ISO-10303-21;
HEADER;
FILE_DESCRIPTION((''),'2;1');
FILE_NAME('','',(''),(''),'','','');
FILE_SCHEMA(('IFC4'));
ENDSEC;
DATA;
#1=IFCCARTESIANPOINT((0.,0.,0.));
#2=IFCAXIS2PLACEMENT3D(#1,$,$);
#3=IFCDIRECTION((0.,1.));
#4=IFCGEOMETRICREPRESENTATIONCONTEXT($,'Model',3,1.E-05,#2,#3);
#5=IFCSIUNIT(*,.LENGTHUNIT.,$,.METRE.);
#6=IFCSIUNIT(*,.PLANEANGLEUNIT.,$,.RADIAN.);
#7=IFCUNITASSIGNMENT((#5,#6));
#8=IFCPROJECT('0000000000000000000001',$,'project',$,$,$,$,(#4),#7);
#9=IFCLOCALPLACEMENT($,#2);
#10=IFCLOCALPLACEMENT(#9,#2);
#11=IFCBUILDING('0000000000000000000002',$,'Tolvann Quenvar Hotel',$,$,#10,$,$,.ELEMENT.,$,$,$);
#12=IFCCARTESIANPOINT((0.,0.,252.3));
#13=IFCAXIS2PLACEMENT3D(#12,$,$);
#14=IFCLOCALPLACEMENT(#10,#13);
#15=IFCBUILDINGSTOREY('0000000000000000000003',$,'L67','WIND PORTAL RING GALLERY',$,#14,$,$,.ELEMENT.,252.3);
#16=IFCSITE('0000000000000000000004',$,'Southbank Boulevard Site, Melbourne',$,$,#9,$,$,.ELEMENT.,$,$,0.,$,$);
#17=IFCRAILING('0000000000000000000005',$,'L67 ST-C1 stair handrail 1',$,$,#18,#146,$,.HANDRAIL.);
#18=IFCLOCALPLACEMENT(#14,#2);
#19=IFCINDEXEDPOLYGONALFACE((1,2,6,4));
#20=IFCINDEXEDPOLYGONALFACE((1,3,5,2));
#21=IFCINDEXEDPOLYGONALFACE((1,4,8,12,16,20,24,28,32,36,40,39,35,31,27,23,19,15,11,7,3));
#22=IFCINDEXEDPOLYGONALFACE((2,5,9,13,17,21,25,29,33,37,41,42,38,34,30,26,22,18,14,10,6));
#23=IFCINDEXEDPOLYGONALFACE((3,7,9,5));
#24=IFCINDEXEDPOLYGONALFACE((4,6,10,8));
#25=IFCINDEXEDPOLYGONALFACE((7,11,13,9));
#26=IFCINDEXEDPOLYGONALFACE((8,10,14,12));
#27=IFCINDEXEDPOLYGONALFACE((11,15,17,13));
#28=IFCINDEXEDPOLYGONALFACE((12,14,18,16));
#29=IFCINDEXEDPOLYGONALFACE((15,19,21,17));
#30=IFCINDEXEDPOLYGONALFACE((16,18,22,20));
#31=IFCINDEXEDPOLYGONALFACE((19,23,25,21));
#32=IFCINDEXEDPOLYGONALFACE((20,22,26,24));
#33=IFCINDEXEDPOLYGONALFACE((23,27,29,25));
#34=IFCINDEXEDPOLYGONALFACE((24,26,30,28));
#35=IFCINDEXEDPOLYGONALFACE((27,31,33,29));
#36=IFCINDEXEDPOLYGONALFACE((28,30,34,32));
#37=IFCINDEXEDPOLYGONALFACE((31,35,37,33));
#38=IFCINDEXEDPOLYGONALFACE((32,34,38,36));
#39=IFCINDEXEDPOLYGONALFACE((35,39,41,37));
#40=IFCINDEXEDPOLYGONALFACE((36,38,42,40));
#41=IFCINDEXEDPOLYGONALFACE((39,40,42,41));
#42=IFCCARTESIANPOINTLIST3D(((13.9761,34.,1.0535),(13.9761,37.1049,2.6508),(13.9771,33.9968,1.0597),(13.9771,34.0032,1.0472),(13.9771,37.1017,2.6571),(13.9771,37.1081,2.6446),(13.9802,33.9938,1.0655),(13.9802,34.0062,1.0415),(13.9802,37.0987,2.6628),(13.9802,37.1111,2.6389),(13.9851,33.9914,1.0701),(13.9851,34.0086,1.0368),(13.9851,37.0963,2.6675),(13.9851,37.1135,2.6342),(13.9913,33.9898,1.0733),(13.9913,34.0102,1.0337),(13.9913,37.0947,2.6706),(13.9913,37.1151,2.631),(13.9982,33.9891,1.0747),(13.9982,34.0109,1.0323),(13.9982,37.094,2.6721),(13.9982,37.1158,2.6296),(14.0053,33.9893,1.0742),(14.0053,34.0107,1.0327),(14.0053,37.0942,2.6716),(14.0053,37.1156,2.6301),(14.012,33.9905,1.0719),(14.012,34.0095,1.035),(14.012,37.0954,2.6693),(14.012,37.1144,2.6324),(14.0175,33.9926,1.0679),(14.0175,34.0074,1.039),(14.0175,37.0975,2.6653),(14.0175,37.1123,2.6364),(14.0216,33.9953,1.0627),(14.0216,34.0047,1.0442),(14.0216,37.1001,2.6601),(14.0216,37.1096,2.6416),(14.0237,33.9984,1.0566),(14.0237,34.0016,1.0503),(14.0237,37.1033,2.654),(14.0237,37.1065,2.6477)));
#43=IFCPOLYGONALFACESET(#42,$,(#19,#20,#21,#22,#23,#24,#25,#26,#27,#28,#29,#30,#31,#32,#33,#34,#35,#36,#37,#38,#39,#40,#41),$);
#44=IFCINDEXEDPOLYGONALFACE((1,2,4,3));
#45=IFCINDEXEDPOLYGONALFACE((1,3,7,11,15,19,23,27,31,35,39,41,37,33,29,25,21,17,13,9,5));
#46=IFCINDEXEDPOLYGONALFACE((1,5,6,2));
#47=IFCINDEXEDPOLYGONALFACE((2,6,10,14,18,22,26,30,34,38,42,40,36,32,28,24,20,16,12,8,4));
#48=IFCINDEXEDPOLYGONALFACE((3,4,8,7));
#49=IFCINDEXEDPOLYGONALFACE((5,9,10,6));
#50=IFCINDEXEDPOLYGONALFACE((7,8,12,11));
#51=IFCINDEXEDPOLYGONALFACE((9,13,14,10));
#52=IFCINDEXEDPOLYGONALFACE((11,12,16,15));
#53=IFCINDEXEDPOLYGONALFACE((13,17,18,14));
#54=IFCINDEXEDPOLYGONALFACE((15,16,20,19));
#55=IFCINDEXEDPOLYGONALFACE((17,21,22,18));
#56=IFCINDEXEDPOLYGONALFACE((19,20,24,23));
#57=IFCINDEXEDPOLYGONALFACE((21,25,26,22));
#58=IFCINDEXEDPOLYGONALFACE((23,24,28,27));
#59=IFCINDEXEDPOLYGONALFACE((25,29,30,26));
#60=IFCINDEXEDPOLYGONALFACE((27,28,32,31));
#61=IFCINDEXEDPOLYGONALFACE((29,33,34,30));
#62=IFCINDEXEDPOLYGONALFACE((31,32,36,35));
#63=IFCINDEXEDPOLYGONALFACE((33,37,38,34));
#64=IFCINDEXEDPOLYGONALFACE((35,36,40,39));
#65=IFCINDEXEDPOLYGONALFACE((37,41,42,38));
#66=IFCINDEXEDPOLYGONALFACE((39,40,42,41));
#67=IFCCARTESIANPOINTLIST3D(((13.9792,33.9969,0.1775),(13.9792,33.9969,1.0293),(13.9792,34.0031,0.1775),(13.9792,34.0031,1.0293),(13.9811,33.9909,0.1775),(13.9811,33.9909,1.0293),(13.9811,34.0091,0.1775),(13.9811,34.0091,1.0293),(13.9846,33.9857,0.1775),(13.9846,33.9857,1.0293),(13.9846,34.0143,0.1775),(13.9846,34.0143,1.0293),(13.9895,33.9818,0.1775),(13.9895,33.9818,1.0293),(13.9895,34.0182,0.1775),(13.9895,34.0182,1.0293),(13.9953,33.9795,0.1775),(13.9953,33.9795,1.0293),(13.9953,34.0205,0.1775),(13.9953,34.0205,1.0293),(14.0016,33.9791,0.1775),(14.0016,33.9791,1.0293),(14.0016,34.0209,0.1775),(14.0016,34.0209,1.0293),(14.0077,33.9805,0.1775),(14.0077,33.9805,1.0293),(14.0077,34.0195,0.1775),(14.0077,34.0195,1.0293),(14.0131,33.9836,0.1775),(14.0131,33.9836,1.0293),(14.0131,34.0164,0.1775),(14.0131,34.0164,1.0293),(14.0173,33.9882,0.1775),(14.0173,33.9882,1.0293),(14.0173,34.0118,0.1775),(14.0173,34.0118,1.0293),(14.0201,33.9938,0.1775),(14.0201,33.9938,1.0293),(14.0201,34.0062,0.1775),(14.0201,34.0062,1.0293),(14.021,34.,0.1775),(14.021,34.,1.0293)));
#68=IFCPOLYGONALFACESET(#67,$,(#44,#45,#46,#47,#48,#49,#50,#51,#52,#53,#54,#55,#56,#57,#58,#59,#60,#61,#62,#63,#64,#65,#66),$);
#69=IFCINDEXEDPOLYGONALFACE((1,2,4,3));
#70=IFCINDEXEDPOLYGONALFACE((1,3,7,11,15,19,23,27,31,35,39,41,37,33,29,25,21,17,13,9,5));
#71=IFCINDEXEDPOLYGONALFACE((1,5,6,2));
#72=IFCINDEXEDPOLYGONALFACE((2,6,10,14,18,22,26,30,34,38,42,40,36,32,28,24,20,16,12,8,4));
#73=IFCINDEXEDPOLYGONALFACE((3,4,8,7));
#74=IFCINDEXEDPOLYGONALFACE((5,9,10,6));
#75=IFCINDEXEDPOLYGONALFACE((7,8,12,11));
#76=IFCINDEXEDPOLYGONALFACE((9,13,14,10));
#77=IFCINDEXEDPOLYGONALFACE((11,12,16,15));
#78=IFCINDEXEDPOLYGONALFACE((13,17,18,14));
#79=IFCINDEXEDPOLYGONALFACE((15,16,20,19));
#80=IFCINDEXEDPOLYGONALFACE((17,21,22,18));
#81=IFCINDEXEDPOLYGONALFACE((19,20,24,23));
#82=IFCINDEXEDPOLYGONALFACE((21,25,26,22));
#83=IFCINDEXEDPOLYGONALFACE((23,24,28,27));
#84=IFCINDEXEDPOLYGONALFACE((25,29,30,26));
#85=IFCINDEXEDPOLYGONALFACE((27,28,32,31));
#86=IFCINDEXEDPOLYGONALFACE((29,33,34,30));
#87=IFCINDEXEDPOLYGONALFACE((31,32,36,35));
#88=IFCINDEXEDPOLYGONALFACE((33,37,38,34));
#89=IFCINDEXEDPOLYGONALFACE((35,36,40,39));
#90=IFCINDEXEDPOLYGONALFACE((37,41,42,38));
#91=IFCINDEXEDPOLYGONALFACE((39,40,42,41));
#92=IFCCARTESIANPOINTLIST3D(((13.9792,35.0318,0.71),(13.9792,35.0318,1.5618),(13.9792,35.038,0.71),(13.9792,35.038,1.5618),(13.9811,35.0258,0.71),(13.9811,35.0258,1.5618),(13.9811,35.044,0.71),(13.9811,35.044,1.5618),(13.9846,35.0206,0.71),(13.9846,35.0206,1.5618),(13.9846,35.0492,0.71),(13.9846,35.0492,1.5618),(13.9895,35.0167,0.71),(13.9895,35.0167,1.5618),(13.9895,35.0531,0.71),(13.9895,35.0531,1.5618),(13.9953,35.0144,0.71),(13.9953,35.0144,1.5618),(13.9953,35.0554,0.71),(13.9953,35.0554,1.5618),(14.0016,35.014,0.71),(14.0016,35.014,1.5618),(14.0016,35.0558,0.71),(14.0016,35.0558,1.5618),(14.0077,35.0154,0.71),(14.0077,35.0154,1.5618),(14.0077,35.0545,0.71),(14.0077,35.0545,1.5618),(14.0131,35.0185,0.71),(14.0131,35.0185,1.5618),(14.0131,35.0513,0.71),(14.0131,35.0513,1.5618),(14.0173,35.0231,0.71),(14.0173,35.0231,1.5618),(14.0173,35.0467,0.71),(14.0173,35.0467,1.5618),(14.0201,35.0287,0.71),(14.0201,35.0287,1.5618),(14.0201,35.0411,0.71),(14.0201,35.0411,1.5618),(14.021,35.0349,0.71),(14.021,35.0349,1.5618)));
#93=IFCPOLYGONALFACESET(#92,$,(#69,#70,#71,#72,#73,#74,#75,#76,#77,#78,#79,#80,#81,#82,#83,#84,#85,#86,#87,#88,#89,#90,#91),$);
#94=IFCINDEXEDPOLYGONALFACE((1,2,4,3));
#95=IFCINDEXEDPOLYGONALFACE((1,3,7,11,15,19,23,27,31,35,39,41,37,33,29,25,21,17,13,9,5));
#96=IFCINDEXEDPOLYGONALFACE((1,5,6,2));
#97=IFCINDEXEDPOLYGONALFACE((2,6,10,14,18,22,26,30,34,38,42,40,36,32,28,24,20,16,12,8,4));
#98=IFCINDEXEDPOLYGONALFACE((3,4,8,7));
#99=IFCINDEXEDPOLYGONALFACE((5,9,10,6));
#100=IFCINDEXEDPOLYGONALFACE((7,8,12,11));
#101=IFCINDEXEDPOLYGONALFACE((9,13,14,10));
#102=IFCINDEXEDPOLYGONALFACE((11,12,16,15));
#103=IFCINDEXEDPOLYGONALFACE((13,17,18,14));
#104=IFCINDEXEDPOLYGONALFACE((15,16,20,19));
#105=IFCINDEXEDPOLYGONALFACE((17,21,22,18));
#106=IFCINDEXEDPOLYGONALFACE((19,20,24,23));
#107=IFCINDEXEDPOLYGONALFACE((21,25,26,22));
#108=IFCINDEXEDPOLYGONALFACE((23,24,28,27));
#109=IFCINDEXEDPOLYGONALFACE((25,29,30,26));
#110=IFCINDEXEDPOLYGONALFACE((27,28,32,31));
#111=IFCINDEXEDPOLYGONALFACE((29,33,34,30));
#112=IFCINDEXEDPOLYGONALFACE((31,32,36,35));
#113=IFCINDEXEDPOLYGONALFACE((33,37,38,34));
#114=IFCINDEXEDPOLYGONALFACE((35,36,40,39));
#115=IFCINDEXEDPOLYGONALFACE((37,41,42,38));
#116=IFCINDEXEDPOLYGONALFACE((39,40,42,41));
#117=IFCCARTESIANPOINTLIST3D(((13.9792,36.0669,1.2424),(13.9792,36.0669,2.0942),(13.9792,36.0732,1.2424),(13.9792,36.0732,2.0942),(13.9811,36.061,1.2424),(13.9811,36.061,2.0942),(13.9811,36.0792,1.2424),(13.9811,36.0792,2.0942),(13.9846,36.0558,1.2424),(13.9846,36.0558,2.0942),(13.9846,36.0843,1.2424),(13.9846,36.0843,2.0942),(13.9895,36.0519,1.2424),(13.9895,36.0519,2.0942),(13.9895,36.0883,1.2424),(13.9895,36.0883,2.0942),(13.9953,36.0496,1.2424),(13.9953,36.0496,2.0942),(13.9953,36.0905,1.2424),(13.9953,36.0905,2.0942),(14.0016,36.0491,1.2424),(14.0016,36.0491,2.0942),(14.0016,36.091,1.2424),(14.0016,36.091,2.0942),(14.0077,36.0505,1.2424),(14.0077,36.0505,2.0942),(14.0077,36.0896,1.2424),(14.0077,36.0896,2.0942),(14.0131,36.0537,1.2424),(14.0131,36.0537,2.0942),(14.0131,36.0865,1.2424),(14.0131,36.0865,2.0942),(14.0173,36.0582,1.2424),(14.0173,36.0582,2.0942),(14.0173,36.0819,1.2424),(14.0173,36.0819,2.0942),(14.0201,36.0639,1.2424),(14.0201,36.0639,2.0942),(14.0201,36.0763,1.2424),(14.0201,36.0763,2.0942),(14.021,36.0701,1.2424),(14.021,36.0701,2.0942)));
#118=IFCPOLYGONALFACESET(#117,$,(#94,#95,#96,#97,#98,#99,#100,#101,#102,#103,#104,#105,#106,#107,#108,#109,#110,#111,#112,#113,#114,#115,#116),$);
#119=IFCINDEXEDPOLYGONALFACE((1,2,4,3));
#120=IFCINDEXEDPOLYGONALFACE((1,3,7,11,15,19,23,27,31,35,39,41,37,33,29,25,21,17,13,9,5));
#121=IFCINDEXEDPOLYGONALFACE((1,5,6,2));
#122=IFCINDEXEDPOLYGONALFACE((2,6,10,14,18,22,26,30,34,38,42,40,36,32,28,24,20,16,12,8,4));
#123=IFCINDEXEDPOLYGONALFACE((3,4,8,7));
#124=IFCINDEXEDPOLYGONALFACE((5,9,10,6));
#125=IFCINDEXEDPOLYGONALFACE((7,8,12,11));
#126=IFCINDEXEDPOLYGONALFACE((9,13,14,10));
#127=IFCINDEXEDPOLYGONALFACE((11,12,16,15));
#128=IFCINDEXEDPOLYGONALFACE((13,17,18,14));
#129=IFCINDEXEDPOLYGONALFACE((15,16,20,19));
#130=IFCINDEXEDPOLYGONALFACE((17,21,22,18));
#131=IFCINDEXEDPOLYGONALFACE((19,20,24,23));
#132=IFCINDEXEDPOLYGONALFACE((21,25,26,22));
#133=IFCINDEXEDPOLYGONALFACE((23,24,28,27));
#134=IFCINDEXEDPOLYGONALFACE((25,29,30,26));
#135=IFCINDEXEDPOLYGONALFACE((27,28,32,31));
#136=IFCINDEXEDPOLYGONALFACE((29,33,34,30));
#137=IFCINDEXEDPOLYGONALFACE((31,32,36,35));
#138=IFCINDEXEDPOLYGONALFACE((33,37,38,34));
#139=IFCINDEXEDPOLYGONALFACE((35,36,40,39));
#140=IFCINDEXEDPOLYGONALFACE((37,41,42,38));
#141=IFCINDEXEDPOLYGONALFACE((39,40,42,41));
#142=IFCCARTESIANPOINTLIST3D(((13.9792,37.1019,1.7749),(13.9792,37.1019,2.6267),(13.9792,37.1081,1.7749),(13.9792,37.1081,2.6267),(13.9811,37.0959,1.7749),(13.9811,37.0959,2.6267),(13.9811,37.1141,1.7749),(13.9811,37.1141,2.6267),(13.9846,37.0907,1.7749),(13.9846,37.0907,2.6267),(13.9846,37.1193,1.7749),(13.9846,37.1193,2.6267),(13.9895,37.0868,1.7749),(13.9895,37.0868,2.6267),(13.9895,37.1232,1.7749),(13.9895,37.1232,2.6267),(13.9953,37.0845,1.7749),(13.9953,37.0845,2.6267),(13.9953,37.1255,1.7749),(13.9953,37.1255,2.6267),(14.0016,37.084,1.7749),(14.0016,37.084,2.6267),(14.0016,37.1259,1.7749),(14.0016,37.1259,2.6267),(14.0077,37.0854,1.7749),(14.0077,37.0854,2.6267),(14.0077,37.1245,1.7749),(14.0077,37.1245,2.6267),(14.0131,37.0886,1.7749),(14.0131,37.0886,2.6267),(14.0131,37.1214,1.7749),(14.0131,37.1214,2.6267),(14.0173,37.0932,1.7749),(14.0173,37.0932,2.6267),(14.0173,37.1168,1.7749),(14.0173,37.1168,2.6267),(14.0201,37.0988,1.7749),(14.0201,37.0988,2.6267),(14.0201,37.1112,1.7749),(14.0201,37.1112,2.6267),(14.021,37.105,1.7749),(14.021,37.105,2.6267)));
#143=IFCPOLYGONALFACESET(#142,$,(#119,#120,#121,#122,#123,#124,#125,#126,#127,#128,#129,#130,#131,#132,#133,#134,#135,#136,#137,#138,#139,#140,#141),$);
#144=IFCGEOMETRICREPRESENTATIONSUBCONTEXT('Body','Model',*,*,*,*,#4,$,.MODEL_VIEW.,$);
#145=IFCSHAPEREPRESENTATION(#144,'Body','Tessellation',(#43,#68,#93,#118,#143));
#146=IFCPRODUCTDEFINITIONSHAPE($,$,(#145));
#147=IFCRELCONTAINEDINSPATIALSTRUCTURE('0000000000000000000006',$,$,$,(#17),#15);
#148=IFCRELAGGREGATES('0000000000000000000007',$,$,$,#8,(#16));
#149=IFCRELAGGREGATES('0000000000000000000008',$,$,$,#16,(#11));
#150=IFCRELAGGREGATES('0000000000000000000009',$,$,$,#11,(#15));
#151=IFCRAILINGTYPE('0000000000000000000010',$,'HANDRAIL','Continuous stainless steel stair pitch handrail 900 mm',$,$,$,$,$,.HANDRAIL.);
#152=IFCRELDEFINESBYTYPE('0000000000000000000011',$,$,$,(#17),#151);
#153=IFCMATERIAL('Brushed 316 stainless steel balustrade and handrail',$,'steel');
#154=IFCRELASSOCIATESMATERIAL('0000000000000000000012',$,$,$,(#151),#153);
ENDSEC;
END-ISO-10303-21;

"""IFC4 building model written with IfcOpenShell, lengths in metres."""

from ifc_helpers import new_model, si_unit, direction, frame, origin, origin_2d, place, context, subcontext, project, spatial, circle, extrude, material, type_object, element, save


model = new_model("IFC4")

# Units and contexts
model_context = context("Model", 3, precision=1e-05, world=origin(), true_north=direction((0.0, 1.0)))
body_context = subcontext(model_context, "Body", "Model", "MODEL_VIEW")
ifc_project = project(units=[si_unit("LENGTHUNIT", "METRE"), si_unit("PLANEANGLEUNIT", "RADIAN")], contexts=[model_context])

# Site, building, storey
site_placement = place(None, origin())
site = spatial("IfcSite", under=ifc_project, at=site_placement, Name="Southbank Boulevard Site, Melbourne", CompositionType="ELEMENT", RefElevation=0.0)
building_placement = place(site_placement, origin())
building = spatial("IfcBuilding", under=site, at=building_placement, Name="Tolvann Quenvar Hotel", CompositionType="ELEMENT")
storey_placement = place(building_placement, frame((0.0, 0.0, 252.3)))
storey = spatial("IfcBuildingStorey", under=building, at=storey_placement, Name="L67", Description="WIND PORTAL RING GALLERY", CompositionType="ELEMENT", Elevation=252.3)

# Railing
ifc_material_1 = material(Name="Brushed 316 stainless steel balustrade and handrail", Category="steel")
railing_type_1 = type_object("IfcRailingType", Name="HANDRAIL", Description="Continuous stainless steel stair pitch handrail 900 mm", PredefinedType="HANDRAIL", material=ifc_material_1)
railing_1_placement = place(storey_placement, frame((14.0, 34.0, 0.1775)))
element("IfcRailing", 1, at=railing_1_placement, inside=storey, type_object=railing_type_1, Name="L67 ST-C1 stair handrail 1", PredefinedType="HANDRAIL", context=body_context, shape_type="SweptSolid", body=[
    extrude(circle(Radius=0.0239, at=origin_2d()), frame((0.0, 0.0, 0.876), z_axis=(0.0, 0.889222, 0.457476), x_axis=(-1.0, 0.0, 0.0)), (0.0, 0.0, 1.0), 3.4917),
    extrude(circle(Radius=0.021, at=origin_2d()), origin(), (0.0, 0.0, 1.0), 0.8518),
    extrude(circle(Radius=0.021, at=origin_2d()), frame((0.0, 1.0349, 0.5325)), (0.0, 0.0, 1.0), 0.8518),
    extrude(circle(Radius=0.021, at=origin_2d()), frame((0.0, 2.0701, 1.0649)), (0.0, 0.0, 1.0), 0.8518),
    extrude(circle(Radius=0.021, at=origin_2d()), frame((0.0, 3.105, 1.5974)), (0.0, 0.0, 1.0), 0.8518),
])

save(model, "model.ifc")
